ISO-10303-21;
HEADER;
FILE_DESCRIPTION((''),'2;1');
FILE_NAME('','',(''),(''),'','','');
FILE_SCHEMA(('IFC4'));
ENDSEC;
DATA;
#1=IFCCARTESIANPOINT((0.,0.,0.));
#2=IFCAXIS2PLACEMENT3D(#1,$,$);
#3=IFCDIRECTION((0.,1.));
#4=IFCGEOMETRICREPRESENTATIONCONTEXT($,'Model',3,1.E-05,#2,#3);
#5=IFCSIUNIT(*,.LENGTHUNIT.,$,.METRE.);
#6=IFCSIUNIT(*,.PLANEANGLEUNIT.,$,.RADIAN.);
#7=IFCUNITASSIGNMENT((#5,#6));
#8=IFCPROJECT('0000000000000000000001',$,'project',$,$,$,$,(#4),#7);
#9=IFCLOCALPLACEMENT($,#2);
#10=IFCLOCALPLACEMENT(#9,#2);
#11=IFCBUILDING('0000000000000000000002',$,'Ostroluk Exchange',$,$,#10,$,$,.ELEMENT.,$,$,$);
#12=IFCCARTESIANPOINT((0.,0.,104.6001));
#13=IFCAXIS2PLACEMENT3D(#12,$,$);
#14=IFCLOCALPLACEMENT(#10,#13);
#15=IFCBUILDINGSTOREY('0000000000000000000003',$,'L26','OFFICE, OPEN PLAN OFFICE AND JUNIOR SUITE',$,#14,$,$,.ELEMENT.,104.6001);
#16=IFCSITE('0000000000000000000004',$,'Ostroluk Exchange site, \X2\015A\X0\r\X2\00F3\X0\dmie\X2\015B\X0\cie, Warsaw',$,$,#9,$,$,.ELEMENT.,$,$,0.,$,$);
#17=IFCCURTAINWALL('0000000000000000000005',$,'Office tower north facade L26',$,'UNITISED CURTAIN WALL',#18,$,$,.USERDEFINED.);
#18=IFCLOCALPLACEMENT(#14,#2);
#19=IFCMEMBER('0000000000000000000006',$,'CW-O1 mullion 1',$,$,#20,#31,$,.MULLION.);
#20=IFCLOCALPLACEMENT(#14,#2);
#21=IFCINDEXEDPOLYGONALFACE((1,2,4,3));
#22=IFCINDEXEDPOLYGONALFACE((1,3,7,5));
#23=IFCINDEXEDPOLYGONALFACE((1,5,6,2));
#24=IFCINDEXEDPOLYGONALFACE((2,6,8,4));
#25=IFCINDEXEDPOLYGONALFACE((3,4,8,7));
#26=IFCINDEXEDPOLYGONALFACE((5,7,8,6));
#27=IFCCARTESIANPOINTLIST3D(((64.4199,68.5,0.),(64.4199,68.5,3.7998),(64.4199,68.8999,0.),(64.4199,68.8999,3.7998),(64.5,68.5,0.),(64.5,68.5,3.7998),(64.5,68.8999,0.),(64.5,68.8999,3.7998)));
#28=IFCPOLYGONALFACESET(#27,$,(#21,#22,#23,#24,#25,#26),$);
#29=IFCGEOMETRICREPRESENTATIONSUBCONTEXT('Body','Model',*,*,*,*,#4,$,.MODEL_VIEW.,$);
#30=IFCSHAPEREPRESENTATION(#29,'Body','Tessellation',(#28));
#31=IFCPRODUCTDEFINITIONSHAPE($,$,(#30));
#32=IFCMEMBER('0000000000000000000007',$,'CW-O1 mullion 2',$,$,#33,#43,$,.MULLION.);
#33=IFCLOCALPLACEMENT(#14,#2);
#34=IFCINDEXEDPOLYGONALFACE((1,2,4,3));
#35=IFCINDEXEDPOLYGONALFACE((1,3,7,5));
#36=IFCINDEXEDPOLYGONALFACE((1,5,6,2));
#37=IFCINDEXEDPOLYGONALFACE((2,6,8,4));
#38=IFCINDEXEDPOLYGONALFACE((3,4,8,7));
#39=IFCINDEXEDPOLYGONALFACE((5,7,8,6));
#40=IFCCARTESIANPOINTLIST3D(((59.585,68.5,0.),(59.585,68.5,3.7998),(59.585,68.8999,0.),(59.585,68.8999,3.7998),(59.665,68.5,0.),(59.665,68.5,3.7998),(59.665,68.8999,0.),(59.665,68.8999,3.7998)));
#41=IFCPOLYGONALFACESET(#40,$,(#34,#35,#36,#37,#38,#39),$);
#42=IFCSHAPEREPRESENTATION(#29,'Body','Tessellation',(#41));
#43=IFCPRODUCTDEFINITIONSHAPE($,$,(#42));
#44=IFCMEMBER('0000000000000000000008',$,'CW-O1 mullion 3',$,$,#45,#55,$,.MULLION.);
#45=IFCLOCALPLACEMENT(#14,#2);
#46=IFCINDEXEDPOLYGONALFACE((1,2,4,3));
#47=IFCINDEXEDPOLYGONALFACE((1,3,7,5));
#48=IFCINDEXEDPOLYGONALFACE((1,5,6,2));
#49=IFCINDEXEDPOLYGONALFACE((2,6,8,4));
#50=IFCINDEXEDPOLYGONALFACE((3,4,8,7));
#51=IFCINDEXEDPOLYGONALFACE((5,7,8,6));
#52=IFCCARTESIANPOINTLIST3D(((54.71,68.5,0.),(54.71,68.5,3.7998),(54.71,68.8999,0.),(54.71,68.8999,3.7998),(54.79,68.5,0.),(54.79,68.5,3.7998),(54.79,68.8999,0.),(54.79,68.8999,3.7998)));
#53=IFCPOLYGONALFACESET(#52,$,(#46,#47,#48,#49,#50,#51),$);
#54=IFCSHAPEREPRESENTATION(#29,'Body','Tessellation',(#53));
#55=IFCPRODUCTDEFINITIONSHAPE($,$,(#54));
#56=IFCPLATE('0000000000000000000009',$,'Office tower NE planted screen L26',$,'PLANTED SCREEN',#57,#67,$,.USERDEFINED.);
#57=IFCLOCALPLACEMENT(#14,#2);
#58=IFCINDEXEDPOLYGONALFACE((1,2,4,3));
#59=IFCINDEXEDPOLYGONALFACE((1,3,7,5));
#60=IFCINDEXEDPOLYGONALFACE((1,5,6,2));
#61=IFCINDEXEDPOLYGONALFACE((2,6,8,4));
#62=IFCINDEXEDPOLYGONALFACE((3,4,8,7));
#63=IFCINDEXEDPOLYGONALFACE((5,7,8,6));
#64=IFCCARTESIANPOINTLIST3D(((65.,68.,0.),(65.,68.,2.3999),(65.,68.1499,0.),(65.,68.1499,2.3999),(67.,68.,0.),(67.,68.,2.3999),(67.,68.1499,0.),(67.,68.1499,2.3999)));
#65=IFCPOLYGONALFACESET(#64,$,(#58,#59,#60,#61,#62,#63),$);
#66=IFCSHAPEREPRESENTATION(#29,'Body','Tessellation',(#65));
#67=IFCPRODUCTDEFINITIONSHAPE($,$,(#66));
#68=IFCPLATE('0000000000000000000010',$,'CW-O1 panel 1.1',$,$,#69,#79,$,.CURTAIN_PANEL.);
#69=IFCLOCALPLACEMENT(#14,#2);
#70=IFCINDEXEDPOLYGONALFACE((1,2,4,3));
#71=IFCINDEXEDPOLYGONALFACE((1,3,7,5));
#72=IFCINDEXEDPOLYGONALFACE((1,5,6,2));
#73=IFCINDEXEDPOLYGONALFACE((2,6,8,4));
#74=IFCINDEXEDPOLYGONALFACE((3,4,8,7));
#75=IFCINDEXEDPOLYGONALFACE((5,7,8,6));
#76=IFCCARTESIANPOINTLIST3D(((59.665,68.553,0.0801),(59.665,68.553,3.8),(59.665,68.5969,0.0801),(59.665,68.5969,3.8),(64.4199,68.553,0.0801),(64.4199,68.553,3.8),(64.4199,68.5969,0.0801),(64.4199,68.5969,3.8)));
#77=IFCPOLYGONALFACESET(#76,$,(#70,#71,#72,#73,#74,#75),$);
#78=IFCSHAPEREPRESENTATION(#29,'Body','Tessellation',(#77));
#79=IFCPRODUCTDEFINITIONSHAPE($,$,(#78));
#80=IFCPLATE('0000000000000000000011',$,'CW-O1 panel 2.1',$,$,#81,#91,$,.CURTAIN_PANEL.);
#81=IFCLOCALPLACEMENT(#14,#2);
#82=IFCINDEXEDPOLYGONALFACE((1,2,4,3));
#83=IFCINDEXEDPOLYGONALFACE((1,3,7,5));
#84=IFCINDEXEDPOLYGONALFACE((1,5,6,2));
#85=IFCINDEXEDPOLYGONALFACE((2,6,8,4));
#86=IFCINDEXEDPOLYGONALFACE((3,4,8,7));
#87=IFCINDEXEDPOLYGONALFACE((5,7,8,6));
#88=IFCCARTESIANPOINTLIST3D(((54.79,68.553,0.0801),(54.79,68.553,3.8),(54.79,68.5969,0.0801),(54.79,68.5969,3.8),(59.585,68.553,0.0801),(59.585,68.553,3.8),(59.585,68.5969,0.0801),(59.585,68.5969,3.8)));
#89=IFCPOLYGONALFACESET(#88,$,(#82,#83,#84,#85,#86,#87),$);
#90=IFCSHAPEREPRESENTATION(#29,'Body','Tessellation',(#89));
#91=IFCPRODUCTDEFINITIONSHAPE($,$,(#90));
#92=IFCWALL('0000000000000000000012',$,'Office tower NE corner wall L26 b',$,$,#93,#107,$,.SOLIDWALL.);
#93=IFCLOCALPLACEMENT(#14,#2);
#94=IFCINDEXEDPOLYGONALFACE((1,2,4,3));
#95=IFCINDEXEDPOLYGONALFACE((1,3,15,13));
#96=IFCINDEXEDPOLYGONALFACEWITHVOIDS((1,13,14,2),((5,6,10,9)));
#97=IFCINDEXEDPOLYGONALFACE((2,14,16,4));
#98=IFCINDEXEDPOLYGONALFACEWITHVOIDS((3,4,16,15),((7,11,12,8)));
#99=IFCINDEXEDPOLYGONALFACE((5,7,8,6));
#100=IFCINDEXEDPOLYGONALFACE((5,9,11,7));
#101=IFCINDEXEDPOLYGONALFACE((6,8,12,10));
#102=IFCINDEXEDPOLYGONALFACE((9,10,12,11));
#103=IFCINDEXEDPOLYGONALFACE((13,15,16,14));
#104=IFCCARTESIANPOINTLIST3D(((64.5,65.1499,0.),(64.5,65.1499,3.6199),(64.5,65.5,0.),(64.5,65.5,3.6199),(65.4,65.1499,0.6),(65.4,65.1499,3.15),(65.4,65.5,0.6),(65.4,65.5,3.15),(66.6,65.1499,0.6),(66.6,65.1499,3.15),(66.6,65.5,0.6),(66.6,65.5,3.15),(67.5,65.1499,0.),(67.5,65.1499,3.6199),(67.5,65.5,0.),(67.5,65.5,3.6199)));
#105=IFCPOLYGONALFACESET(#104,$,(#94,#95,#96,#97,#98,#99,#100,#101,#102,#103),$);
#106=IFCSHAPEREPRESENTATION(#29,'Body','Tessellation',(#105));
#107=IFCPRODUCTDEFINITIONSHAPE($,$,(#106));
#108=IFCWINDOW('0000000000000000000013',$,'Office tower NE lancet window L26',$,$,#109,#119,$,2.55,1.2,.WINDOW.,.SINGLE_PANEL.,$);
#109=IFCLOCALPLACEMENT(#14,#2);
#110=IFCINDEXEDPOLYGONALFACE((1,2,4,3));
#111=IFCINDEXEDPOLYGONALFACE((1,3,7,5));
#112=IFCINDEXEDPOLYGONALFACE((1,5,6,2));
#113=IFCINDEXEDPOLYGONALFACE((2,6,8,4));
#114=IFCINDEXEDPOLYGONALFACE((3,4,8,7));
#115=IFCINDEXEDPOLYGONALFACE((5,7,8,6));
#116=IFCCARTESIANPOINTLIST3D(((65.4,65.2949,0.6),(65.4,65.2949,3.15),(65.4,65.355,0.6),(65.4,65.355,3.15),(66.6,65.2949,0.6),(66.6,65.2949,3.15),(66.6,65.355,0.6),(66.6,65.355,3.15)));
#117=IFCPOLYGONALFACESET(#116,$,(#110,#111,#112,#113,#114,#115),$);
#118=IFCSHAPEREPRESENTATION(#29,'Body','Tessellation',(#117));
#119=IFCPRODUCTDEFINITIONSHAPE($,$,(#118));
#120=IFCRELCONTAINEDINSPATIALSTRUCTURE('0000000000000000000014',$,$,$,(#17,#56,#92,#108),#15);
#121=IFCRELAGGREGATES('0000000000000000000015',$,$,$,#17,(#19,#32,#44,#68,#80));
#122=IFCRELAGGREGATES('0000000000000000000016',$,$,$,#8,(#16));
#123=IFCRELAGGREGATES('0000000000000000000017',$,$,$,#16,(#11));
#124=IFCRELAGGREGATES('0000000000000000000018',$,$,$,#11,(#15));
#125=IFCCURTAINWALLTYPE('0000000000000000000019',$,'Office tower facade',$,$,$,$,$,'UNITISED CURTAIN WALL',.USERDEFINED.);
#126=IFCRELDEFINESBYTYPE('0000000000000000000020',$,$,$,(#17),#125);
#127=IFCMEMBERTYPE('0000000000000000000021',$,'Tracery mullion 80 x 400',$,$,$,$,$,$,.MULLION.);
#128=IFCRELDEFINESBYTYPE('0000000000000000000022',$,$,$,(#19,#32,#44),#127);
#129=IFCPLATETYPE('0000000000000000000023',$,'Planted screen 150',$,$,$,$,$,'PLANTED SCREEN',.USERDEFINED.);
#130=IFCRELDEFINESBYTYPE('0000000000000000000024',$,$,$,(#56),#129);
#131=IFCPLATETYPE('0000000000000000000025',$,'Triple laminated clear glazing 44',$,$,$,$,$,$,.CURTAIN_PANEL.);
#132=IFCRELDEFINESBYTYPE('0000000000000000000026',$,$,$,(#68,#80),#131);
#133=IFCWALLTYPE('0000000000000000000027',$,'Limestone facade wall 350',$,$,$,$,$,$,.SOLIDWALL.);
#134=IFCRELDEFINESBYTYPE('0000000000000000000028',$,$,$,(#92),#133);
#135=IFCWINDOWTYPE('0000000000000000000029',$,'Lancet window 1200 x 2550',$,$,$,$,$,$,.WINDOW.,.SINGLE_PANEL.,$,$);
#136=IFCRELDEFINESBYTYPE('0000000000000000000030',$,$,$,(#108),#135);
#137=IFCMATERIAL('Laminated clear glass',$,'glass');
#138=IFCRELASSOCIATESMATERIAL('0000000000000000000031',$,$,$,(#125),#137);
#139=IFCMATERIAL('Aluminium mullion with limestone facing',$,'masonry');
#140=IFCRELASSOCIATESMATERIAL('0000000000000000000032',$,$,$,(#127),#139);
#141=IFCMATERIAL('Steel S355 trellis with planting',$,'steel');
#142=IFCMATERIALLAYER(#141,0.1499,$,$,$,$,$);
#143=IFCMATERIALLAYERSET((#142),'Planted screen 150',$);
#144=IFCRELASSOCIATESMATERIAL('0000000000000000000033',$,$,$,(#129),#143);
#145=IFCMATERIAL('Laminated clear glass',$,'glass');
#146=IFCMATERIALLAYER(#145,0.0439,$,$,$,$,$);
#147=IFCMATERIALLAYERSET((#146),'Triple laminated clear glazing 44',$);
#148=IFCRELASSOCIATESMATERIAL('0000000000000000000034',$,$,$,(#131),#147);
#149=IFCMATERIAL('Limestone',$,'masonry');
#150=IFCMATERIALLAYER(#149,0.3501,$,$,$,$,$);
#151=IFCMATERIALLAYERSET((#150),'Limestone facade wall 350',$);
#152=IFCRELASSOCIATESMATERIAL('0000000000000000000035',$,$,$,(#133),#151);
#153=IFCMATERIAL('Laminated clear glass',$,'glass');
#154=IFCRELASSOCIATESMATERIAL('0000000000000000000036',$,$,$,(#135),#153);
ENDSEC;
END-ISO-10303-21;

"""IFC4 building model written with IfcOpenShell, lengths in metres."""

from ifc_helpers import new_model, si_unit, direction, frame, frame_2d, origin, origin_2d, place, context, subcontext, project, spatial, rectangle, extrude, material, layer, layer_set, material_profile, profile_set, type_object, element, fill, aggregate, save


model = new_model("IFC4")

# Units and contexts
model_context = context("Model", 3, precision=1e-05, world=origin(), true_north=direction((0.0, 1.0)))
body_context = subcontext(model_context, "Body", "Model", "MODEL_VIEW")
ifc_project = project(units=[si_unit("LENGTHUNIT", "METRE"), si_unit("PLANEANGLEUNIT", "RADIAN")], contexts=[model_context])

# Site, building, storey
site_placement = place(None, origin())
site = spatial("IfcSite", under=ifc_project, at=site_placement, Name="Ostroluk Exchange site, Śródmieście, Warsaw", CompositionType="ELEMENT", RefElevation=0.0)
building_placement = place(site_placement, origin())
building = spatial("IfcBuilding", under=site, at=building_placement, Name="Ostroluk Exchange", CompositionType="ELEMENT")
storey_placement = place(building_placement, frame((0.0, 0.0, 104.6001)))
storey = spatial("IfcBuildingStorey", under=building, at=storey_placement, Name="L26", Description="OFFICE, OPEN PLAN OFFICE AND JUNIOR SUITE", CompositionType="ELEMENT", Elevation=104.6001)

# Curtain wall, members
ifc_material_1 = material(Name="Laminated clear glass", Category="glass")
curtain_wall_type = type_object("IfcCurtainWallType", Name="Office tower facade", ElementType="UNITISED CURTAIN WALL", PredefinedType="USERDEFINED", material=ifc_material_1)
curtain_wall_placement = place(storey_placement, origin())
curtain_wall = element("IfcCurtainWall", 1, at=curtain_wall_placement, inside=storey, type_object=curtain_wall_type, Name="Office tower north facade L26", ObjectType="UNITISED CURTAIN WALL", PredefinedType="USERDEFINED")
ifc_material_2 = material(Name="Aluminium mullion with limestone facing", Category="masonry")
ifc_material_profile_1 = material_profile(ifc_material_2, rectangle(XDim=0.3999, YDim=0.0801, at=origin_2d()), Name="Tracery mullion 80 x 400")
ifc_profile_set_1 = profile_set([ifc_material_profile_1], Name="Aluminium mullion with limestone facing")
member_type_1 = type_object("IfcMemberType", Name="Tracery mullion 80 x 400", PredefinedType="MULLION", material=ifc_profile_set_1)
member_1_placement = place(storey_placement, frame((64.46, 68.7, 0.0), z_axis=(0.0, 0.0, 1.0), x_axis=(0.0, -1.0, 0.0)))
member_1 = element("IfcMember", 2, at=member_1_placement, type_object=member_type_1, Name="CW-O1 mullion 1", PredefinedType="MULLION", context=body_context, shape_type="SweptSolid", body=[
    extrude(rectangle(XDim=0.3999, YDim=0.0801, at=origin_2d()), origin(), (0.0, 0.0, 1.0), 3.7998),
])
member_2_placement = place(storey_placement, frame((59.625, 68.7, 0.0), z_axis=(0.0, 0.0, 1.0), x_axis=(0.0, -1.0, 0.0)))
member_2 = element("IfcMember", 3, at=member_2_placement, type_object=member_type_1, Name="CW-O1 mullion 2", PredefinedType="MULLION", context=body_context, shape_type="SweptSolid", body=[
    extrude(rectangle(XDim=0.3999, YDim=0.0801, at=origin_2d()), origin(), (0.0, 0.0, 1.0), 3.7998),
])
member_3_placement = place(storey_placement, frame((54.75, 68.7, 0.0), z_axis=(0.0, 0.0, 1.0), x_axis=(0.0, -1.0, 0.0)))
member_3 = element("IfcMember", 4, at=member_3_placement, type_object=member_type_1, Name="CW-O1 mullion 3", PredefinedType="MULLION", context=body_context, shape_type="SweptSolid", body=[
    extrude(rectangle(XDim=0.3999, YDim=0.0801, at=origin_2d()), origin(), (0.0, 0.0, 1.0), 3.7998),
])

# Plates
ifc_material_3 = material(Name="Steel S355 trellis with planting", Category="steel")
ifc_layer_1 = layer(ifc_material_3, 0.1499)
ifc_layer_set_1 = layer_set([ifc_layer_1], Name="Planted screen 150")
plate_type_1 = type_object("IfcPlateType", Name="Planted screen 150", ElementType="PLANTED SCREEN", PredefinedType="USERDEFINED", material=ifc_layer_set_1)
plate_1_placement = place(storey_placement, frame((66.0, 68.075, 0.0), z_axis=(0.0, 0.0, 1.0), x_axis=(1.0, 0.0, 0.0)))
element("IfcPlate", 5, at=plate_1_placement, inside=storey, type_object=plate_type_1, Name="Office tower NE planted screen L26", ObjectType="PLANTED SCREEN", PredefinedType="USERDEFINED", context=body_context, shape_type="SweptSolid", body=[
    extrude(rectangle(XDim=2.0, YDim=0.1499, at=origin_2d()), origin(), (0.0, 0.0, 1.0), 2.3999),
])
ifc_material_4 = material(Name="Laminated clear glass", Category="glass")
ifc_layer_2 = layer(ifc_material_4, 0.0439)
ifc_layer_set_2 = layer_set([ifc_layer_2], Name="Triple laminated clear glazing 44")
plate_type_2 = type_object("IfcPlateType", Name="Triple laminated clear glazing 44", PredefinedType="CURTAIN_PANEL", material=ifc_layer_set_2)
plate_2_placement = place(storey_placement, frame((62.0425, 68.575, 0.0801), z_axis=(0.0, 0.0, 1.0), x_axis=(-1.0, 0.0, 0.0)))
plate_2 = element("IfcPlate", 6, at=plate_2_placement, type_object=plate_type_2, Name="CW-O1 panel 1.1", PredefinedType="CURTAIN_PANEL", context=body_context, shape_type="SweptSolid", body=[
    extrude(rectangle(XDim=4.7549, YDim=0.0439, at=origin_2d()), origin(), (0.0, 0.0, 1.0), 3.72),
])
plate_3_placement = place(storey_placement, frame((57.1875, 68.575, 0.0801), z_axis=(0.0, 0.0, 1.0), x_axis=(-1.0, 0.0, 0.0)))
plate_3 = element("IfcPlate", 7, at=plate_3_placement, type_object=plate_type_2, Name="CW-O1 panel 2.1", PredefinedType="CURTAIN_PANEL", context=body_context, shape_type="SweptSolid", body=[
    extrude(rectangle(XDim=4.7949, YDim=0.0439, at=origin_2d()), origin(), (0.0, 0.0, 1.0), 3.72),
])
aggregate(curtain_wall, [member_1, member_2, member_3, plate_2, plate_3])

# Shared definitions
ifc_material_5 = material(Name="Limestone", Category="masonry")
ifc_layer_3 = layer(ifc_material_5, 0.3501)
ifc_layer_set_3 = layer_set([ifc_layer_3], Name="Limestone facade wall 350")
wall_type_1 = type_object("IfcWallType", Name="Limestone facade wall 350", PredefinedType="SOLIDWALL", material=ifc_layer_set_3)

# Wall, opening, window
wall_1_placement = place(storey_placement, frame((64.5, 65.325, 0.0), z_axis=(0.0, 0.0, 1.0), x_axis=(1.0, 0.0, 0.0)))
wall_1 = element("IfcWall", 8, at=wall_1_placement, inside=storey, type_object=wall_type_1, Name="Office tower NE corner wall L26 b", PredefinedType="SOLIDWALL", context=body_context, shape_type="SweptSolid", body=[
    extrude(rectangle(XDim=3.0, YDim=0.3501, at=frame_2d((1.5, 0.0))), origin(), (0.0, 0.0, 1.0), 3.6199),
])
opening_1_placement = place(wall_1_placement, frame((0.8999, 0.0, 0.6001)))
opening_1 = element("IfcOpeningElement", 9, at=opening_1_placement, cuts=wall_1, PredefinedType="OPENING", context=body_context, shape_type="SweptSolid", body=[
    extrude(rectangle(XDim=1.2, YDim=2.55, at=frame_2d((0.6001, 1.2749))), frame((0.0, 0.1851, 0.0), z_axis=(0.0, -1.0, 0.0), x_axis=(1.0, 0.0, 0.0)), (0.0, 0.0, 1.0), 0.3701),
])
ifc_material_6 = material(Name="Laminated clear glass", Category="glass")
window_type = type_object("IfcWindowType", Name="Lancet window 1200 x 2550", PartitioningType="SINGLE_PANEL", PredefinedType="WINDOW", material=ifc_material_6)
window_placement = place(opening_1_placement, origin())
window = element("IfcWindow", 10, at=window_placement, inside=storey, type_object=window_type, Name="Office tower NE lancet window L26", OverallHeight=2.55, OverallWidth=1.2, PartitioningType="SINGLE_PANEL", PredefinedType="WINDOW", context=body_context, shape_type="SweptSolid", body=[
    extrude(rectangle(XDim=1.2, YDim=2.55, at=frame_2d((0.6001, 1.2749))), frame((0.0, 0.03, 0.0), z_axis=(0.0, -1.0, 0.0), x_axis=(1.0, 0.0, 0.0)), (0.0, 0.0, 1.0), 0.0601),
])
fill(opening_1, window)

save(model, "model.ifc")
